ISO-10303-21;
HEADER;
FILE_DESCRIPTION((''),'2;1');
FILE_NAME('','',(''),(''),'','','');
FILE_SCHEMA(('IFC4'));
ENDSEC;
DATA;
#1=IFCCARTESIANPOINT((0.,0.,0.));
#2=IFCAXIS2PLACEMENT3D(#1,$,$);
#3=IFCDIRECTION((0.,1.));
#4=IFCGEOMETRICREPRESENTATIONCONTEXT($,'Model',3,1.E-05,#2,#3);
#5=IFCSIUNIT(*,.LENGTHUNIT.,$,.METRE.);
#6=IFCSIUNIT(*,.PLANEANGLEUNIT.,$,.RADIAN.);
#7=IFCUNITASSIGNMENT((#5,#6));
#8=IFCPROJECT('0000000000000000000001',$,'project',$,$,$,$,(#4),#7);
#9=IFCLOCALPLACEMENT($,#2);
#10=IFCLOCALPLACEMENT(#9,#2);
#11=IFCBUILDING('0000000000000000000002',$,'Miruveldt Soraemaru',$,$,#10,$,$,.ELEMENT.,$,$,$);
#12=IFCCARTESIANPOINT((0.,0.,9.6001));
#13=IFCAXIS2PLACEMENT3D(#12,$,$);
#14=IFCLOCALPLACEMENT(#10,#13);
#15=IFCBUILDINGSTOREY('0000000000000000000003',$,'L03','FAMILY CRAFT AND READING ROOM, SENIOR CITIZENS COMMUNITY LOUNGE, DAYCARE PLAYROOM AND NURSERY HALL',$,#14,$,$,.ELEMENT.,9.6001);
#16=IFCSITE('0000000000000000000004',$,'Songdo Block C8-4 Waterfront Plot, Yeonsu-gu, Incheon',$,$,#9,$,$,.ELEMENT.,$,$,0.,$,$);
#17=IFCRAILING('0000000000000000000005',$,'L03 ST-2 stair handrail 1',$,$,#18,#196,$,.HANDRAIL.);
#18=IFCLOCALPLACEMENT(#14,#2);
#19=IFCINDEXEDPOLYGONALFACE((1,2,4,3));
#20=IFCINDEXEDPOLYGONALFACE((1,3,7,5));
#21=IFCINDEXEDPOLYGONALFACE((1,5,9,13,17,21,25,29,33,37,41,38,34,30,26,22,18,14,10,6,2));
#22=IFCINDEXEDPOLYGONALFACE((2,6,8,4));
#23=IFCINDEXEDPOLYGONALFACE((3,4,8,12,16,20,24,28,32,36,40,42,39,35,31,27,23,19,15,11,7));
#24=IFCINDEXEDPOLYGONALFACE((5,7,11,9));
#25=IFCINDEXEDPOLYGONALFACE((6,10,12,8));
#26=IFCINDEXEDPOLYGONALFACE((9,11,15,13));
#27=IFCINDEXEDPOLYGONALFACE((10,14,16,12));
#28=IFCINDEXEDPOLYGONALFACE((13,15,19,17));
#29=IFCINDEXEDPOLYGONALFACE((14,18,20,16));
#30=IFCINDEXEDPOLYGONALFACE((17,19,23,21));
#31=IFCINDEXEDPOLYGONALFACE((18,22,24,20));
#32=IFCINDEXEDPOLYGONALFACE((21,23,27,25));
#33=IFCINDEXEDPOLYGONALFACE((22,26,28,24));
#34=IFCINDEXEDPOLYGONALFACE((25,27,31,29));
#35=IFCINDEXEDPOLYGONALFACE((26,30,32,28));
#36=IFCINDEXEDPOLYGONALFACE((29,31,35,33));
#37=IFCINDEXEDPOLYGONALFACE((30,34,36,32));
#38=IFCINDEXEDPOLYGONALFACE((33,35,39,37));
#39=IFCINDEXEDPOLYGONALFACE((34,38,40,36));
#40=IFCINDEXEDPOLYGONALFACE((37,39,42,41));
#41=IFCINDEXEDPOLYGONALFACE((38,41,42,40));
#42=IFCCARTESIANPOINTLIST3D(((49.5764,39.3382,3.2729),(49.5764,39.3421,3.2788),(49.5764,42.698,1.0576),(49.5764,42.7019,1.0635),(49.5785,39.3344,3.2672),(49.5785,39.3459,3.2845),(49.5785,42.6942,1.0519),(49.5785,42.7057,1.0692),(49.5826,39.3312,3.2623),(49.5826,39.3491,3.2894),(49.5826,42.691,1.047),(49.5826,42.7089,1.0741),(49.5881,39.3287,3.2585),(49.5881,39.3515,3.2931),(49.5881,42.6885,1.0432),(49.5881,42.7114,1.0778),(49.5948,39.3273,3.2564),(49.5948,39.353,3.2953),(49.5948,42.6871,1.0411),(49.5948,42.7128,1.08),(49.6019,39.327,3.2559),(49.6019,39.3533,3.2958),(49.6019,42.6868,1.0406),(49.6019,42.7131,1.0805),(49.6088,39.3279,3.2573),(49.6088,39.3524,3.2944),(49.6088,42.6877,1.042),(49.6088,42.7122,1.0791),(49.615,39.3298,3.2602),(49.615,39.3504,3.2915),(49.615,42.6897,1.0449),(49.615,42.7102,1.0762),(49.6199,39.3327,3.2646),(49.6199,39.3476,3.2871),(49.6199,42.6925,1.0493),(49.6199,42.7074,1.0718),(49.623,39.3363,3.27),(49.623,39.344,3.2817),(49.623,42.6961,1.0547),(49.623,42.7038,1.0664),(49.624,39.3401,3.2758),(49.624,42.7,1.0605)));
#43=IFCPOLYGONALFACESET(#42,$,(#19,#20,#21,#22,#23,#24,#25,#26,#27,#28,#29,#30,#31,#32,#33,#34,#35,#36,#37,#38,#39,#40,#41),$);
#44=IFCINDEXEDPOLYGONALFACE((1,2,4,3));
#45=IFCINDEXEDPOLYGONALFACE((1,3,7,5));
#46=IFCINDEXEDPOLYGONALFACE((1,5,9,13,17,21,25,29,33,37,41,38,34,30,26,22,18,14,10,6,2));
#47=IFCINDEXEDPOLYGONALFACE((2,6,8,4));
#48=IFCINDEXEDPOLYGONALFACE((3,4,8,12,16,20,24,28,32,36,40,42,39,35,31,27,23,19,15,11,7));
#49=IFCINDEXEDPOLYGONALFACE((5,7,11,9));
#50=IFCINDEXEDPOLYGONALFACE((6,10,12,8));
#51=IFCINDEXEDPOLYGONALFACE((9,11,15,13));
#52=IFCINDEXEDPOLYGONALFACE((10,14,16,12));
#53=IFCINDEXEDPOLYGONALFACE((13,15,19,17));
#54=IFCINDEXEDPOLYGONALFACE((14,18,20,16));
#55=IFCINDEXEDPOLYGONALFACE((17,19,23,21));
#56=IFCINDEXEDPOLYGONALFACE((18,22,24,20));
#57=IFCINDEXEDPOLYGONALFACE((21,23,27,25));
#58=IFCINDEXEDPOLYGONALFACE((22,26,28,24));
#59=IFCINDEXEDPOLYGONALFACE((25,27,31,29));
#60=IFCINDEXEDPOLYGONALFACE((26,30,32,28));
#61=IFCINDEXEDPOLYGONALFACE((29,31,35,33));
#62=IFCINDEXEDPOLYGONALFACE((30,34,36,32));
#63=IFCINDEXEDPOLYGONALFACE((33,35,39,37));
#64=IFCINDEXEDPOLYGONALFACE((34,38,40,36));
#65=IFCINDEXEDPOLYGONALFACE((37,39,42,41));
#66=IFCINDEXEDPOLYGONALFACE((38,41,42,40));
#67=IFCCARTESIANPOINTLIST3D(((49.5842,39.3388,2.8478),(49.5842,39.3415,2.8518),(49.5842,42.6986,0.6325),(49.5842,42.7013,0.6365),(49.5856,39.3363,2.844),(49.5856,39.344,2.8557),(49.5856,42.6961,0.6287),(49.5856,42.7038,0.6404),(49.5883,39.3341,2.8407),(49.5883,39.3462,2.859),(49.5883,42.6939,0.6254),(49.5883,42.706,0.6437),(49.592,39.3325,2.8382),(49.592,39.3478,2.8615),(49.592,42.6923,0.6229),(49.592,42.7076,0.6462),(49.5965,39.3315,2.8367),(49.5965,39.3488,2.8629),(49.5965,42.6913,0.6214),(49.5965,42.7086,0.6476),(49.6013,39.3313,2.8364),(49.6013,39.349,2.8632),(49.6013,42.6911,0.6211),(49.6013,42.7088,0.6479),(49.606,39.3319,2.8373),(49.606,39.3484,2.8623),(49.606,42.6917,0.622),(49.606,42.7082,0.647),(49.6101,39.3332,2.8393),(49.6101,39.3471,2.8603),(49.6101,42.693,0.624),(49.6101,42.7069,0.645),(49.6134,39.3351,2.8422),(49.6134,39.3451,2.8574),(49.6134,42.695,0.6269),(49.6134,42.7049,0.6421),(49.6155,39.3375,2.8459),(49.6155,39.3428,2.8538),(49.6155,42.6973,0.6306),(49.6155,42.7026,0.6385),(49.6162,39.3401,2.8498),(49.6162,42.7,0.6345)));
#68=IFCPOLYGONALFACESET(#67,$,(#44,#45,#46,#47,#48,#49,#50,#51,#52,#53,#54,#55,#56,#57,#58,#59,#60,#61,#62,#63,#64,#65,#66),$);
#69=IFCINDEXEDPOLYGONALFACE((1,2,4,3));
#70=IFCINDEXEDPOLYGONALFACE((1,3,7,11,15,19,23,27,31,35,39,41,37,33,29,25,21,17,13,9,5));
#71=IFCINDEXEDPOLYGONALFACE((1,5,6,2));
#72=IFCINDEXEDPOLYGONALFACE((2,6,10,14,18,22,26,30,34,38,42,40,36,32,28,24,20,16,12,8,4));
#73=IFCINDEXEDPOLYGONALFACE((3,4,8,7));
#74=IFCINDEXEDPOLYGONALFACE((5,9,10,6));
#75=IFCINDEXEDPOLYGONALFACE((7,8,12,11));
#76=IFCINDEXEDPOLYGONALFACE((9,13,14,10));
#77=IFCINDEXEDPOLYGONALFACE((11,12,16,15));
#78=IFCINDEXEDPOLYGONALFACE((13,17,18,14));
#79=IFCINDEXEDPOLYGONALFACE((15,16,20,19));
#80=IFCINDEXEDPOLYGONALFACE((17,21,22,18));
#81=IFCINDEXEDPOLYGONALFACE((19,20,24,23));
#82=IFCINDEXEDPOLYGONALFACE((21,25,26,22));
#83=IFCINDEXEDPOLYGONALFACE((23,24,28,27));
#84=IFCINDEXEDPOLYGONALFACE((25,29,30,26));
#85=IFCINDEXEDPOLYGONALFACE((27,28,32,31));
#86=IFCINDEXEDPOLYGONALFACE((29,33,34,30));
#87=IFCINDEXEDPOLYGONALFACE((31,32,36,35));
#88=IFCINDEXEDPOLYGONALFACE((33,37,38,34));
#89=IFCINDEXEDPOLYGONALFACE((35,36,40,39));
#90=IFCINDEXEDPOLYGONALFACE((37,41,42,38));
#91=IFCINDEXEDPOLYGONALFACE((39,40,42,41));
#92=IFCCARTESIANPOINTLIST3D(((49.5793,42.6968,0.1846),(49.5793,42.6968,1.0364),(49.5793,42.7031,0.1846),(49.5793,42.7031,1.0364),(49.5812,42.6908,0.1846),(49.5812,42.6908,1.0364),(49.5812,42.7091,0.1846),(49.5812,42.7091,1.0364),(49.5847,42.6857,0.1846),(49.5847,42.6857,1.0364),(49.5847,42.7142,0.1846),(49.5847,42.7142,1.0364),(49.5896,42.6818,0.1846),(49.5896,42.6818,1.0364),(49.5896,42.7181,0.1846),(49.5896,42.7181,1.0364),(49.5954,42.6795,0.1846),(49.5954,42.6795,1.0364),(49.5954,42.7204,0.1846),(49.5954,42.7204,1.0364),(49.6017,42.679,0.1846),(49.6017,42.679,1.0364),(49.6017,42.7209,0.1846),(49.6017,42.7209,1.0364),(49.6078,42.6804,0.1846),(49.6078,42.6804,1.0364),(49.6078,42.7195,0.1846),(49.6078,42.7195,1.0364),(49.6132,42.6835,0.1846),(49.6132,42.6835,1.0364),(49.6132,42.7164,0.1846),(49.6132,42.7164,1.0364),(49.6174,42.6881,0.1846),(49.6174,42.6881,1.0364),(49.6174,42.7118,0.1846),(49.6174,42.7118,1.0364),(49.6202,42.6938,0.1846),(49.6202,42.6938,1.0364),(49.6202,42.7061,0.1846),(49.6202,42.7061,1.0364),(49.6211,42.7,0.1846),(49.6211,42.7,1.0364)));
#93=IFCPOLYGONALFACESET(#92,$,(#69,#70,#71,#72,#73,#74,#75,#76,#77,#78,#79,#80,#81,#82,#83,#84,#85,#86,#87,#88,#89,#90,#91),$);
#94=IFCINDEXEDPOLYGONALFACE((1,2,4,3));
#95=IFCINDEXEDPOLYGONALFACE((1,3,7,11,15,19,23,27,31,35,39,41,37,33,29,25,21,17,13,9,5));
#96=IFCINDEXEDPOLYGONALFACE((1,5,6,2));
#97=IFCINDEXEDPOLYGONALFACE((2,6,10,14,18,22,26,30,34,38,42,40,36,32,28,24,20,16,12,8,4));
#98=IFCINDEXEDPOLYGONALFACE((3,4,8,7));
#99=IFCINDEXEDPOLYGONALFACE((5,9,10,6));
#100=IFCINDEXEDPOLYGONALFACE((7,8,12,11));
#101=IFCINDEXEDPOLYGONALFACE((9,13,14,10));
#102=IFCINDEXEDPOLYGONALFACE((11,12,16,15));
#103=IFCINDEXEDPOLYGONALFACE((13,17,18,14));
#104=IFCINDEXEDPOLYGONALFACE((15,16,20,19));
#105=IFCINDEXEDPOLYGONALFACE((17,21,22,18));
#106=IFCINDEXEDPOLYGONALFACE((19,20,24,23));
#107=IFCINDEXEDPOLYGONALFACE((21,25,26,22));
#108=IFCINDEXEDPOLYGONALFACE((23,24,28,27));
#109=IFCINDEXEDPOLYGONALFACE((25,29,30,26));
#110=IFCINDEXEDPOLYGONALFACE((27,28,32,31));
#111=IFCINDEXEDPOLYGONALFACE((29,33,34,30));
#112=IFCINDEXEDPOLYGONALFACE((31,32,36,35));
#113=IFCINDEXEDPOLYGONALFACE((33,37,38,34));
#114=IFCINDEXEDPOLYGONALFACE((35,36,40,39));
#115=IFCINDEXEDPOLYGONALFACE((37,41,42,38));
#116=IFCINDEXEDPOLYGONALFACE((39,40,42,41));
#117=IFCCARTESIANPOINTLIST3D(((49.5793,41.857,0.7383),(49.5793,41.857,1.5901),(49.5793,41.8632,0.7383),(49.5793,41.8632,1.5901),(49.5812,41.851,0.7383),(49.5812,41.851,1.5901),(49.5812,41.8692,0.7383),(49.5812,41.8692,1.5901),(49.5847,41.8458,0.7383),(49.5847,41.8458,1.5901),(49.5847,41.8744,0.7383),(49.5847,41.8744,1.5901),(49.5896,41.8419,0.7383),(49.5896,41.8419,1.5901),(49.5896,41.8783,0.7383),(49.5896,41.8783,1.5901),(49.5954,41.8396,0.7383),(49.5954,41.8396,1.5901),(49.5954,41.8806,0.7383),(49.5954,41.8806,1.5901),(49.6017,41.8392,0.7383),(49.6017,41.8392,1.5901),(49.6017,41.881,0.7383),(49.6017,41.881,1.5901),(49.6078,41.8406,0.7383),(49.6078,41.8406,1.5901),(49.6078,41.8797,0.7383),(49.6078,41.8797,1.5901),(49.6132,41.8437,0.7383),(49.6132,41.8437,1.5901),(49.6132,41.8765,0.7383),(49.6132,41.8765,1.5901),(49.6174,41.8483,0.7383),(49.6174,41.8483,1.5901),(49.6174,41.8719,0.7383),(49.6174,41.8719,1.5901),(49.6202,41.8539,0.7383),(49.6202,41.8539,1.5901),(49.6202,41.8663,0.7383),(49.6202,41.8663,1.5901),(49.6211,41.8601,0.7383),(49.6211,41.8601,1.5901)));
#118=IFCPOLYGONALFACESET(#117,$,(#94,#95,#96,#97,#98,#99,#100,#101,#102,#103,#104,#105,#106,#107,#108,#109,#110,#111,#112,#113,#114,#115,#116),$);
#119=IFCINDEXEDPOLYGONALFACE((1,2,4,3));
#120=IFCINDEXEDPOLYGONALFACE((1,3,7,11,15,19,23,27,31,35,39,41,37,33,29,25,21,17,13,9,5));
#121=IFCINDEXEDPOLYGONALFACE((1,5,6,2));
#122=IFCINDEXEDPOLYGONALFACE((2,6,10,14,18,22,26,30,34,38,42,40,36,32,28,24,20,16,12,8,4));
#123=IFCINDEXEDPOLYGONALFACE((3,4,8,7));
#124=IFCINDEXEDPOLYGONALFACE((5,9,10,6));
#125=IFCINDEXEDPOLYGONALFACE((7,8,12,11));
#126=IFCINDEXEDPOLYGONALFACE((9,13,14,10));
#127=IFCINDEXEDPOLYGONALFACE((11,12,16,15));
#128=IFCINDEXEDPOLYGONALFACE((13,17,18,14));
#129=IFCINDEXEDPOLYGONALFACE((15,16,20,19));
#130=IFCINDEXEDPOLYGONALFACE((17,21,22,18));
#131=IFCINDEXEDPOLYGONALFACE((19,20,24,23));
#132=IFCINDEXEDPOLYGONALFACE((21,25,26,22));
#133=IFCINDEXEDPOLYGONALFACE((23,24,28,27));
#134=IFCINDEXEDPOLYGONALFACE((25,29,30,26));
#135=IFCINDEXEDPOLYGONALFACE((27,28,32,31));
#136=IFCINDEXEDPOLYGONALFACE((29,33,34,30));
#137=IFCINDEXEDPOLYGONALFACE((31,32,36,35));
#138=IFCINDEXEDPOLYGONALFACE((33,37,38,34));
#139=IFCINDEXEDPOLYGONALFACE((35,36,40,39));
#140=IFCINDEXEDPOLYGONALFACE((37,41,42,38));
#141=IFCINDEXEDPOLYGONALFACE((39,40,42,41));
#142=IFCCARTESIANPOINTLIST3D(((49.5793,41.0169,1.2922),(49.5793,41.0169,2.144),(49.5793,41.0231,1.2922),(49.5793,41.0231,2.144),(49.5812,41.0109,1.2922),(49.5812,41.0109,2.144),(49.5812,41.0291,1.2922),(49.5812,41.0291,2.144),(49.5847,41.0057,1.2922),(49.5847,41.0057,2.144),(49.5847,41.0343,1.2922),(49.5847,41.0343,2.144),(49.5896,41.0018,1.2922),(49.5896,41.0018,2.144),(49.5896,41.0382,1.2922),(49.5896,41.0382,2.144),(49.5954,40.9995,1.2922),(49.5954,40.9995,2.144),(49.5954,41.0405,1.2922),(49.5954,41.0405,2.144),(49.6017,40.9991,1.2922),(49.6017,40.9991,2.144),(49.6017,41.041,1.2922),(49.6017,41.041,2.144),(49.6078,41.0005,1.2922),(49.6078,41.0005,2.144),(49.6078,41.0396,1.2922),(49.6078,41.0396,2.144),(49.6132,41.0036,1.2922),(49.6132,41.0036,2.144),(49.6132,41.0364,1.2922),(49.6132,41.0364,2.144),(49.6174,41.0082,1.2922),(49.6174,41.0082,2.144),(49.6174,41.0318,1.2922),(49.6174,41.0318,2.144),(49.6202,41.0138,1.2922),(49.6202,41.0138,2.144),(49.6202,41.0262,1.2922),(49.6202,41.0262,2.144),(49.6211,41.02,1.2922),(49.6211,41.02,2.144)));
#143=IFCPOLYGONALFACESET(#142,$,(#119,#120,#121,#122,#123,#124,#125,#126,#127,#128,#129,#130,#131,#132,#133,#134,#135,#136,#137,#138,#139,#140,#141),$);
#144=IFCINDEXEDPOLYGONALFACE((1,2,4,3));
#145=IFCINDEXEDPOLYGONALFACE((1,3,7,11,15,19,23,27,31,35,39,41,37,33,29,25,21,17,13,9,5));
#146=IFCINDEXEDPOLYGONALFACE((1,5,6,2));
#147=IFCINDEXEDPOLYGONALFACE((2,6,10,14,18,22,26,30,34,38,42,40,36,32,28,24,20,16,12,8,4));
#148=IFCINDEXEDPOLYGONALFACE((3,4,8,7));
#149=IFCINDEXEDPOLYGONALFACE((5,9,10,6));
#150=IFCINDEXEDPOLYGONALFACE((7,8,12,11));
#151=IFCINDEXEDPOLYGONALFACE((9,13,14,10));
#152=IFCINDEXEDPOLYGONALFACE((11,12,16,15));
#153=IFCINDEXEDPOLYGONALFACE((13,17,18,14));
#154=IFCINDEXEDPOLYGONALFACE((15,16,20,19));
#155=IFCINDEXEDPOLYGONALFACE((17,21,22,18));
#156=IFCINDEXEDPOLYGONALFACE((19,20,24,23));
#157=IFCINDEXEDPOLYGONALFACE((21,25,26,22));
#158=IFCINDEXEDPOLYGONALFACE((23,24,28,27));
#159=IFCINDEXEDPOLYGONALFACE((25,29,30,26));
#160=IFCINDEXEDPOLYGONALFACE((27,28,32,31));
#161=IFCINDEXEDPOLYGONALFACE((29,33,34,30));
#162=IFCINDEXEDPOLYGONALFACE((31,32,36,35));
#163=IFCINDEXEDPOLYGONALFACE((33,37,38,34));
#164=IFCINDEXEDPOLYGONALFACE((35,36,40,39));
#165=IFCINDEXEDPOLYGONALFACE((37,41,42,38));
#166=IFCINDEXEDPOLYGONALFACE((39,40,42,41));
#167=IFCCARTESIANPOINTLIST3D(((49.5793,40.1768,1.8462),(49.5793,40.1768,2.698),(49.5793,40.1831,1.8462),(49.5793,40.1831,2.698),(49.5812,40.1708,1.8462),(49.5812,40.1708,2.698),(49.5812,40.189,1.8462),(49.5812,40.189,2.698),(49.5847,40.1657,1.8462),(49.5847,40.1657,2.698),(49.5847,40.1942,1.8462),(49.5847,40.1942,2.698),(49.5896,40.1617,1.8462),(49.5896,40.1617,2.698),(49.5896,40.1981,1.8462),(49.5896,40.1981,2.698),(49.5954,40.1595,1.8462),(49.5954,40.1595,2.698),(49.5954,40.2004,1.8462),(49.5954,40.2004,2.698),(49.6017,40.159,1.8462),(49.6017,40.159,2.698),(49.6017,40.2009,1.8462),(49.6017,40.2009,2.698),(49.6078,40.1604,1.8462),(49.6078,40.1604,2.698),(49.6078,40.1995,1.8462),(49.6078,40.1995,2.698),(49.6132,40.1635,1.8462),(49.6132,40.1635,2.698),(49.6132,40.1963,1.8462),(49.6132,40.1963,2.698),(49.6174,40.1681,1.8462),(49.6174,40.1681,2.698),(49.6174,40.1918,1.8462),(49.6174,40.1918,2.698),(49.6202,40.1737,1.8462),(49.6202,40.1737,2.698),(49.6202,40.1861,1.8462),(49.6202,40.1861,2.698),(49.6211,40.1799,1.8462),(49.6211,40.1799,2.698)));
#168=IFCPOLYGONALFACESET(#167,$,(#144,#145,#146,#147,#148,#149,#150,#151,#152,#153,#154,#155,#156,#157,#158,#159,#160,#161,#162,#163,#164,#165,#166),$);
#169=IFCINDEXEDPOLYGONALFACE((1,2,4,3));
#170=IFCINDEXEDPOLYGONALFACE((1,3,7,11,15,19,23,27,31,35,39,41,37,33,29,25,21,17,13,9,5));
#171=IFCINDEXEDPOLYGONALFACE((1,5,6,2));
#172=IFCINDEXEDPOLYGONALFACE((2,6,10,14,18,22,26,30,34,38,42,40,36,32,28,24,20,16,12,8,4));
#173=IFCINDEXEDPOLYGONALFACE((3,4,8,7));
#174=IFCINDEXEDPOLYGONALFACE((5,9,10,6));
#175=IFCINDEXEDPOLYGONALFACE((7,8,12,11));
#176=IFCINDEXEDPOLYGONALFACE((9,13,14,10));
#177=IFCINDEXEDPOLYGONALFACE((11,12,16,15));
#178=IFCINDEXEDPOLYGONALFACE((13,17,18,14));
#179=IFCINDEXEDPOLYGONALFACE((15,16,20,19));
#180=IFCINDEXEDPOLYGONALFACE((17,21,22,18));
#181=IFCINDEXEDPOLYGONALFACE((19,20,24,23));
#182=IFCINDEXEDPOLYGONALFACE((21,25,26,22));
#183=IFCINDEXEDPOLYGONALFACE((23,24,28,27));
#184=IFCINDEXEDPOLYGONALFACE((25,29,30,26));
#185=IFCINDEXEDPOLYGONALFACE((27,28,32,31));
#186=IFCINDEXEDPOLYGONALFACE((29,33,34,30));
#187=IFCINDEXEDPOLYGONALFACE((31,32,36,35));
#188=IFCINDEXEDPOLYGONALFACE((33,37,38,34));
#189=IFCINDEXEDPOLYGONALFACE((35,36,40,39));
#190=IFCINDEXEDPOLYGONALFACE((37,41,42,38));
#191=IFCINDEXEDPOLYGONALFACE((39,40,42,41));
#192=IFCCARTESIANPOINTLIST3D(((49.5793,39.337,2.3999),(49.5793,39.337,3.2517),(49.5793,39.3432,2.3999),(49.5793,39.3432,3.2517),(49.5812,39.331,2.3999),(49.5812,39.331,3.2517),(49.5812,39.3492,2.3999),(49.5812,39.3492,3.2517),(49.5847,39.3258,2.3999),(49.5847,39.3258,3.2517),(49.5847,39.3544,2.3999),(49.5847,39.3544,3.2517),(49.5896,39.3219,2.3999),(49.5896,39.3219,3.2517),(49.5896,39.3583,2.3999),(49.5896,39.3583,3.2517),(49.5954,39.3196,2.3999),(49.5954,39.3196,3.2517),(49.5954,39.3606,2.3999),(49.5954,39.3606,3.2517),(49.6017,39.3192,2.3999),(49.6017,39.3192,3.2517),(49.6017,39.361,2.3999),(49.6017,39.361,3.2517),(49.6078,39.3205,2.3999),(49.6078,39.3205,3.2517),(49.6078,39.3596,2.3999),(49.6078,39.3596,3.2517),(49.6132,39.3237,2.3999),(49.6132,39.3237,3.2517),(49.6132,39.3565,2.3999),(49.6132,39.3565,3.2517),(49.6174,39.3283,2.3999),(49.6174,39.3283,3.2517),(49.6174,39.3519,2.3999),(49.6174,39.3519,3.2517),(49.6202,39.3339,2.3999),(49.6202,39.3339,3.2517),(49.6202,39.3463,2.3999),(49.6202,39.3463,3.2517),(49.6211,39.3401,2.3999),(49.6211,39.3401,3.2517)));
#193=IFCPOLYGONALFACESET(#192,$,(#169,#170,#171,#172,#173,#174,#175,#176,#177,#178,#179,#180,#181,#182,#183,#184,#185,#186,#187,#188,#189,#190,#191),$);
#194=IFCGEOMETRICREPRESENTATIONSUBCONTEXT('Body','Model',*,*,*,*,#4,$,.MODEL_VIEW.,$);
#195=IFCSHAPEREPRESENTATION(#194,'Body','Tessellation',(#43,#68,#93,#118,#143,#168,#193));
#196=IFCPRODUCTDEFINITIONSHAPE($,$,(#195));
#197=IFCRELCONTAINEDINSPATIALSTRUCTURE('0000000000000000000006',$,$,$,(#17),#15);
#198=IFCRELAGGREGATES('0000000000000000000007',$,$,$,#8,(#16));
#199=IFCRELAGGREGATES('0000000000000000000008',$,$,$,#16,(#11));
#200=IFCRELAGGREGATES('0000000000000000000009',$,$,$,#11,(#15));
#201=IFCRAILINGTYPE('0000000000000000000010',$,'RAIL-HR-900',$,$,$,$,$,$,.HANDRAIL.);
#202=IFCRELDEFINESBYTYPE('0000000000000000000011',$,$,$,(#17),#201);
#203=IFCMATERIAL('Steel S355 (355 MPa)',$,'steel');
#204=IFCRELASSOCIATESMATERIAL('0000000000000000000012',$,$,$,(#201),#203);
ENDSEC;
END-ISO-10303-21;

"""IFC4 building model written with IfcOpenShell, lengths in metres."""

from ifc_helpers import new_model, si_unit, direction, frame, origin, origin_2d, place, context, subcontext, project, spatial, circle, extrude, material, type_object, element, save


model = new_model("IFC4")

# Units and contexts
model_context = context("Model", 3, precision=1e-05, world=origin(), true_north=direction((0.0, 1.0)))
body_context = subcontext(model_context, "Body", "Model", "MODEL_VIEW")
ifc_project = project(units=[si_unit("LENGTHUNIT", "METRE"), si_unit("PLANEANGLEUNIT", "RADIAN")], contexts=[model_context])

# Site, building, storey
site_placement = place(None, origin())
site = spatial("IfcSite", under=ifc_project, at=site_placement, Name="Songdo Block C8-4 Waterfront Plot, Yeonsu-gu, Incheon", CompositionType="ELEMENT", RefElevation=0.0)
building_placement = place(site_placement, origin())
building = spatial("IfcBuilding", under=site, at=building_placement, Name="Miruveldt Soraemaru", CompositionType="ELEMENT")
storey_placement = place(building_placement, frame((0.0, 0.0, 9.6001)))
storey = spatial("IfcBuildingStorey", under=building, at=storey_placement, Name="L03", Description="FAMILY CRAFT AND READING ROOM, SENIOR CITIZENS COMMUNITY LOUNGE, DAYCARE PLAYROOM AND NURSERY HALL", CompositionType="ELEMENT", Elevation=9.6001)

# Railing
ifc_material_1 = material(Name="Steel S355 (355 MPa)", Category="steel")
railing_type_1 = type_object("IfcRailingType", Name="RAIL-HR-900", PredefinedType="HANDRAIL", material=ifc_material_1)
railing_1_placement = place(storey_placement, frame((49.6001, 42.7, 0.1846)))
element("IfcRailing", 1, at=railing_1_placement, inside=storey, type_object=railing_type_1, Name="L03 ST-2 stair handrail 1", PredefinedType="HANDRAIL", context=body_context, shape_type="SweptSolid", body=[
    extrude(circle(Radius=0.0239, at=origin_2d()), frame((0.0, 0.0, 0.876), z_axis=(0.0, -0.834858, 0.550465), x_axis=(1.0, 0.0, 0.0)), (0.0, 0.0, 1.0), 4.0244),
    extrude(circle(Radius=0.0161, at=origin_2d()), frame((0.0, 0.0, 0.45), z_axis=(0.0, -0.834858, 0.550465), x_axis=(1.0, 0.0, 0.0)), (0.0, 0.0, 1.0), 4.0244),
    extrude(circle(Radius=0.021, at=origin_2d()), origin(), (0.0, 0.0, 1.0), 0.8518),
    extrude(circle(Radius=0.021, at=origin_2d()), frame((0.0, -0.8398, 0.5537)), (0.0, 0.0, 1.0), 0.8518),
    extrude(circle(Radius=0.021, at=origin_2d()), frame((0.0, -1.6799, 1.1077)), (0.0, 0.0, 1.0), 0.8518),
    extrude(circle(Radius=0.021, at=origin_2d()), frame((0.0, -2.52, 1.6616)), (0.0, 0.0, 1.0), 0.8518),
    extrude(circle(Radius=0.021, at=origin_2d()), frame((0.0, -3.3599, 2.2153)), (0.0, 0.0, 1.0), 0.8518),
])

save(model, "model.ifc")
